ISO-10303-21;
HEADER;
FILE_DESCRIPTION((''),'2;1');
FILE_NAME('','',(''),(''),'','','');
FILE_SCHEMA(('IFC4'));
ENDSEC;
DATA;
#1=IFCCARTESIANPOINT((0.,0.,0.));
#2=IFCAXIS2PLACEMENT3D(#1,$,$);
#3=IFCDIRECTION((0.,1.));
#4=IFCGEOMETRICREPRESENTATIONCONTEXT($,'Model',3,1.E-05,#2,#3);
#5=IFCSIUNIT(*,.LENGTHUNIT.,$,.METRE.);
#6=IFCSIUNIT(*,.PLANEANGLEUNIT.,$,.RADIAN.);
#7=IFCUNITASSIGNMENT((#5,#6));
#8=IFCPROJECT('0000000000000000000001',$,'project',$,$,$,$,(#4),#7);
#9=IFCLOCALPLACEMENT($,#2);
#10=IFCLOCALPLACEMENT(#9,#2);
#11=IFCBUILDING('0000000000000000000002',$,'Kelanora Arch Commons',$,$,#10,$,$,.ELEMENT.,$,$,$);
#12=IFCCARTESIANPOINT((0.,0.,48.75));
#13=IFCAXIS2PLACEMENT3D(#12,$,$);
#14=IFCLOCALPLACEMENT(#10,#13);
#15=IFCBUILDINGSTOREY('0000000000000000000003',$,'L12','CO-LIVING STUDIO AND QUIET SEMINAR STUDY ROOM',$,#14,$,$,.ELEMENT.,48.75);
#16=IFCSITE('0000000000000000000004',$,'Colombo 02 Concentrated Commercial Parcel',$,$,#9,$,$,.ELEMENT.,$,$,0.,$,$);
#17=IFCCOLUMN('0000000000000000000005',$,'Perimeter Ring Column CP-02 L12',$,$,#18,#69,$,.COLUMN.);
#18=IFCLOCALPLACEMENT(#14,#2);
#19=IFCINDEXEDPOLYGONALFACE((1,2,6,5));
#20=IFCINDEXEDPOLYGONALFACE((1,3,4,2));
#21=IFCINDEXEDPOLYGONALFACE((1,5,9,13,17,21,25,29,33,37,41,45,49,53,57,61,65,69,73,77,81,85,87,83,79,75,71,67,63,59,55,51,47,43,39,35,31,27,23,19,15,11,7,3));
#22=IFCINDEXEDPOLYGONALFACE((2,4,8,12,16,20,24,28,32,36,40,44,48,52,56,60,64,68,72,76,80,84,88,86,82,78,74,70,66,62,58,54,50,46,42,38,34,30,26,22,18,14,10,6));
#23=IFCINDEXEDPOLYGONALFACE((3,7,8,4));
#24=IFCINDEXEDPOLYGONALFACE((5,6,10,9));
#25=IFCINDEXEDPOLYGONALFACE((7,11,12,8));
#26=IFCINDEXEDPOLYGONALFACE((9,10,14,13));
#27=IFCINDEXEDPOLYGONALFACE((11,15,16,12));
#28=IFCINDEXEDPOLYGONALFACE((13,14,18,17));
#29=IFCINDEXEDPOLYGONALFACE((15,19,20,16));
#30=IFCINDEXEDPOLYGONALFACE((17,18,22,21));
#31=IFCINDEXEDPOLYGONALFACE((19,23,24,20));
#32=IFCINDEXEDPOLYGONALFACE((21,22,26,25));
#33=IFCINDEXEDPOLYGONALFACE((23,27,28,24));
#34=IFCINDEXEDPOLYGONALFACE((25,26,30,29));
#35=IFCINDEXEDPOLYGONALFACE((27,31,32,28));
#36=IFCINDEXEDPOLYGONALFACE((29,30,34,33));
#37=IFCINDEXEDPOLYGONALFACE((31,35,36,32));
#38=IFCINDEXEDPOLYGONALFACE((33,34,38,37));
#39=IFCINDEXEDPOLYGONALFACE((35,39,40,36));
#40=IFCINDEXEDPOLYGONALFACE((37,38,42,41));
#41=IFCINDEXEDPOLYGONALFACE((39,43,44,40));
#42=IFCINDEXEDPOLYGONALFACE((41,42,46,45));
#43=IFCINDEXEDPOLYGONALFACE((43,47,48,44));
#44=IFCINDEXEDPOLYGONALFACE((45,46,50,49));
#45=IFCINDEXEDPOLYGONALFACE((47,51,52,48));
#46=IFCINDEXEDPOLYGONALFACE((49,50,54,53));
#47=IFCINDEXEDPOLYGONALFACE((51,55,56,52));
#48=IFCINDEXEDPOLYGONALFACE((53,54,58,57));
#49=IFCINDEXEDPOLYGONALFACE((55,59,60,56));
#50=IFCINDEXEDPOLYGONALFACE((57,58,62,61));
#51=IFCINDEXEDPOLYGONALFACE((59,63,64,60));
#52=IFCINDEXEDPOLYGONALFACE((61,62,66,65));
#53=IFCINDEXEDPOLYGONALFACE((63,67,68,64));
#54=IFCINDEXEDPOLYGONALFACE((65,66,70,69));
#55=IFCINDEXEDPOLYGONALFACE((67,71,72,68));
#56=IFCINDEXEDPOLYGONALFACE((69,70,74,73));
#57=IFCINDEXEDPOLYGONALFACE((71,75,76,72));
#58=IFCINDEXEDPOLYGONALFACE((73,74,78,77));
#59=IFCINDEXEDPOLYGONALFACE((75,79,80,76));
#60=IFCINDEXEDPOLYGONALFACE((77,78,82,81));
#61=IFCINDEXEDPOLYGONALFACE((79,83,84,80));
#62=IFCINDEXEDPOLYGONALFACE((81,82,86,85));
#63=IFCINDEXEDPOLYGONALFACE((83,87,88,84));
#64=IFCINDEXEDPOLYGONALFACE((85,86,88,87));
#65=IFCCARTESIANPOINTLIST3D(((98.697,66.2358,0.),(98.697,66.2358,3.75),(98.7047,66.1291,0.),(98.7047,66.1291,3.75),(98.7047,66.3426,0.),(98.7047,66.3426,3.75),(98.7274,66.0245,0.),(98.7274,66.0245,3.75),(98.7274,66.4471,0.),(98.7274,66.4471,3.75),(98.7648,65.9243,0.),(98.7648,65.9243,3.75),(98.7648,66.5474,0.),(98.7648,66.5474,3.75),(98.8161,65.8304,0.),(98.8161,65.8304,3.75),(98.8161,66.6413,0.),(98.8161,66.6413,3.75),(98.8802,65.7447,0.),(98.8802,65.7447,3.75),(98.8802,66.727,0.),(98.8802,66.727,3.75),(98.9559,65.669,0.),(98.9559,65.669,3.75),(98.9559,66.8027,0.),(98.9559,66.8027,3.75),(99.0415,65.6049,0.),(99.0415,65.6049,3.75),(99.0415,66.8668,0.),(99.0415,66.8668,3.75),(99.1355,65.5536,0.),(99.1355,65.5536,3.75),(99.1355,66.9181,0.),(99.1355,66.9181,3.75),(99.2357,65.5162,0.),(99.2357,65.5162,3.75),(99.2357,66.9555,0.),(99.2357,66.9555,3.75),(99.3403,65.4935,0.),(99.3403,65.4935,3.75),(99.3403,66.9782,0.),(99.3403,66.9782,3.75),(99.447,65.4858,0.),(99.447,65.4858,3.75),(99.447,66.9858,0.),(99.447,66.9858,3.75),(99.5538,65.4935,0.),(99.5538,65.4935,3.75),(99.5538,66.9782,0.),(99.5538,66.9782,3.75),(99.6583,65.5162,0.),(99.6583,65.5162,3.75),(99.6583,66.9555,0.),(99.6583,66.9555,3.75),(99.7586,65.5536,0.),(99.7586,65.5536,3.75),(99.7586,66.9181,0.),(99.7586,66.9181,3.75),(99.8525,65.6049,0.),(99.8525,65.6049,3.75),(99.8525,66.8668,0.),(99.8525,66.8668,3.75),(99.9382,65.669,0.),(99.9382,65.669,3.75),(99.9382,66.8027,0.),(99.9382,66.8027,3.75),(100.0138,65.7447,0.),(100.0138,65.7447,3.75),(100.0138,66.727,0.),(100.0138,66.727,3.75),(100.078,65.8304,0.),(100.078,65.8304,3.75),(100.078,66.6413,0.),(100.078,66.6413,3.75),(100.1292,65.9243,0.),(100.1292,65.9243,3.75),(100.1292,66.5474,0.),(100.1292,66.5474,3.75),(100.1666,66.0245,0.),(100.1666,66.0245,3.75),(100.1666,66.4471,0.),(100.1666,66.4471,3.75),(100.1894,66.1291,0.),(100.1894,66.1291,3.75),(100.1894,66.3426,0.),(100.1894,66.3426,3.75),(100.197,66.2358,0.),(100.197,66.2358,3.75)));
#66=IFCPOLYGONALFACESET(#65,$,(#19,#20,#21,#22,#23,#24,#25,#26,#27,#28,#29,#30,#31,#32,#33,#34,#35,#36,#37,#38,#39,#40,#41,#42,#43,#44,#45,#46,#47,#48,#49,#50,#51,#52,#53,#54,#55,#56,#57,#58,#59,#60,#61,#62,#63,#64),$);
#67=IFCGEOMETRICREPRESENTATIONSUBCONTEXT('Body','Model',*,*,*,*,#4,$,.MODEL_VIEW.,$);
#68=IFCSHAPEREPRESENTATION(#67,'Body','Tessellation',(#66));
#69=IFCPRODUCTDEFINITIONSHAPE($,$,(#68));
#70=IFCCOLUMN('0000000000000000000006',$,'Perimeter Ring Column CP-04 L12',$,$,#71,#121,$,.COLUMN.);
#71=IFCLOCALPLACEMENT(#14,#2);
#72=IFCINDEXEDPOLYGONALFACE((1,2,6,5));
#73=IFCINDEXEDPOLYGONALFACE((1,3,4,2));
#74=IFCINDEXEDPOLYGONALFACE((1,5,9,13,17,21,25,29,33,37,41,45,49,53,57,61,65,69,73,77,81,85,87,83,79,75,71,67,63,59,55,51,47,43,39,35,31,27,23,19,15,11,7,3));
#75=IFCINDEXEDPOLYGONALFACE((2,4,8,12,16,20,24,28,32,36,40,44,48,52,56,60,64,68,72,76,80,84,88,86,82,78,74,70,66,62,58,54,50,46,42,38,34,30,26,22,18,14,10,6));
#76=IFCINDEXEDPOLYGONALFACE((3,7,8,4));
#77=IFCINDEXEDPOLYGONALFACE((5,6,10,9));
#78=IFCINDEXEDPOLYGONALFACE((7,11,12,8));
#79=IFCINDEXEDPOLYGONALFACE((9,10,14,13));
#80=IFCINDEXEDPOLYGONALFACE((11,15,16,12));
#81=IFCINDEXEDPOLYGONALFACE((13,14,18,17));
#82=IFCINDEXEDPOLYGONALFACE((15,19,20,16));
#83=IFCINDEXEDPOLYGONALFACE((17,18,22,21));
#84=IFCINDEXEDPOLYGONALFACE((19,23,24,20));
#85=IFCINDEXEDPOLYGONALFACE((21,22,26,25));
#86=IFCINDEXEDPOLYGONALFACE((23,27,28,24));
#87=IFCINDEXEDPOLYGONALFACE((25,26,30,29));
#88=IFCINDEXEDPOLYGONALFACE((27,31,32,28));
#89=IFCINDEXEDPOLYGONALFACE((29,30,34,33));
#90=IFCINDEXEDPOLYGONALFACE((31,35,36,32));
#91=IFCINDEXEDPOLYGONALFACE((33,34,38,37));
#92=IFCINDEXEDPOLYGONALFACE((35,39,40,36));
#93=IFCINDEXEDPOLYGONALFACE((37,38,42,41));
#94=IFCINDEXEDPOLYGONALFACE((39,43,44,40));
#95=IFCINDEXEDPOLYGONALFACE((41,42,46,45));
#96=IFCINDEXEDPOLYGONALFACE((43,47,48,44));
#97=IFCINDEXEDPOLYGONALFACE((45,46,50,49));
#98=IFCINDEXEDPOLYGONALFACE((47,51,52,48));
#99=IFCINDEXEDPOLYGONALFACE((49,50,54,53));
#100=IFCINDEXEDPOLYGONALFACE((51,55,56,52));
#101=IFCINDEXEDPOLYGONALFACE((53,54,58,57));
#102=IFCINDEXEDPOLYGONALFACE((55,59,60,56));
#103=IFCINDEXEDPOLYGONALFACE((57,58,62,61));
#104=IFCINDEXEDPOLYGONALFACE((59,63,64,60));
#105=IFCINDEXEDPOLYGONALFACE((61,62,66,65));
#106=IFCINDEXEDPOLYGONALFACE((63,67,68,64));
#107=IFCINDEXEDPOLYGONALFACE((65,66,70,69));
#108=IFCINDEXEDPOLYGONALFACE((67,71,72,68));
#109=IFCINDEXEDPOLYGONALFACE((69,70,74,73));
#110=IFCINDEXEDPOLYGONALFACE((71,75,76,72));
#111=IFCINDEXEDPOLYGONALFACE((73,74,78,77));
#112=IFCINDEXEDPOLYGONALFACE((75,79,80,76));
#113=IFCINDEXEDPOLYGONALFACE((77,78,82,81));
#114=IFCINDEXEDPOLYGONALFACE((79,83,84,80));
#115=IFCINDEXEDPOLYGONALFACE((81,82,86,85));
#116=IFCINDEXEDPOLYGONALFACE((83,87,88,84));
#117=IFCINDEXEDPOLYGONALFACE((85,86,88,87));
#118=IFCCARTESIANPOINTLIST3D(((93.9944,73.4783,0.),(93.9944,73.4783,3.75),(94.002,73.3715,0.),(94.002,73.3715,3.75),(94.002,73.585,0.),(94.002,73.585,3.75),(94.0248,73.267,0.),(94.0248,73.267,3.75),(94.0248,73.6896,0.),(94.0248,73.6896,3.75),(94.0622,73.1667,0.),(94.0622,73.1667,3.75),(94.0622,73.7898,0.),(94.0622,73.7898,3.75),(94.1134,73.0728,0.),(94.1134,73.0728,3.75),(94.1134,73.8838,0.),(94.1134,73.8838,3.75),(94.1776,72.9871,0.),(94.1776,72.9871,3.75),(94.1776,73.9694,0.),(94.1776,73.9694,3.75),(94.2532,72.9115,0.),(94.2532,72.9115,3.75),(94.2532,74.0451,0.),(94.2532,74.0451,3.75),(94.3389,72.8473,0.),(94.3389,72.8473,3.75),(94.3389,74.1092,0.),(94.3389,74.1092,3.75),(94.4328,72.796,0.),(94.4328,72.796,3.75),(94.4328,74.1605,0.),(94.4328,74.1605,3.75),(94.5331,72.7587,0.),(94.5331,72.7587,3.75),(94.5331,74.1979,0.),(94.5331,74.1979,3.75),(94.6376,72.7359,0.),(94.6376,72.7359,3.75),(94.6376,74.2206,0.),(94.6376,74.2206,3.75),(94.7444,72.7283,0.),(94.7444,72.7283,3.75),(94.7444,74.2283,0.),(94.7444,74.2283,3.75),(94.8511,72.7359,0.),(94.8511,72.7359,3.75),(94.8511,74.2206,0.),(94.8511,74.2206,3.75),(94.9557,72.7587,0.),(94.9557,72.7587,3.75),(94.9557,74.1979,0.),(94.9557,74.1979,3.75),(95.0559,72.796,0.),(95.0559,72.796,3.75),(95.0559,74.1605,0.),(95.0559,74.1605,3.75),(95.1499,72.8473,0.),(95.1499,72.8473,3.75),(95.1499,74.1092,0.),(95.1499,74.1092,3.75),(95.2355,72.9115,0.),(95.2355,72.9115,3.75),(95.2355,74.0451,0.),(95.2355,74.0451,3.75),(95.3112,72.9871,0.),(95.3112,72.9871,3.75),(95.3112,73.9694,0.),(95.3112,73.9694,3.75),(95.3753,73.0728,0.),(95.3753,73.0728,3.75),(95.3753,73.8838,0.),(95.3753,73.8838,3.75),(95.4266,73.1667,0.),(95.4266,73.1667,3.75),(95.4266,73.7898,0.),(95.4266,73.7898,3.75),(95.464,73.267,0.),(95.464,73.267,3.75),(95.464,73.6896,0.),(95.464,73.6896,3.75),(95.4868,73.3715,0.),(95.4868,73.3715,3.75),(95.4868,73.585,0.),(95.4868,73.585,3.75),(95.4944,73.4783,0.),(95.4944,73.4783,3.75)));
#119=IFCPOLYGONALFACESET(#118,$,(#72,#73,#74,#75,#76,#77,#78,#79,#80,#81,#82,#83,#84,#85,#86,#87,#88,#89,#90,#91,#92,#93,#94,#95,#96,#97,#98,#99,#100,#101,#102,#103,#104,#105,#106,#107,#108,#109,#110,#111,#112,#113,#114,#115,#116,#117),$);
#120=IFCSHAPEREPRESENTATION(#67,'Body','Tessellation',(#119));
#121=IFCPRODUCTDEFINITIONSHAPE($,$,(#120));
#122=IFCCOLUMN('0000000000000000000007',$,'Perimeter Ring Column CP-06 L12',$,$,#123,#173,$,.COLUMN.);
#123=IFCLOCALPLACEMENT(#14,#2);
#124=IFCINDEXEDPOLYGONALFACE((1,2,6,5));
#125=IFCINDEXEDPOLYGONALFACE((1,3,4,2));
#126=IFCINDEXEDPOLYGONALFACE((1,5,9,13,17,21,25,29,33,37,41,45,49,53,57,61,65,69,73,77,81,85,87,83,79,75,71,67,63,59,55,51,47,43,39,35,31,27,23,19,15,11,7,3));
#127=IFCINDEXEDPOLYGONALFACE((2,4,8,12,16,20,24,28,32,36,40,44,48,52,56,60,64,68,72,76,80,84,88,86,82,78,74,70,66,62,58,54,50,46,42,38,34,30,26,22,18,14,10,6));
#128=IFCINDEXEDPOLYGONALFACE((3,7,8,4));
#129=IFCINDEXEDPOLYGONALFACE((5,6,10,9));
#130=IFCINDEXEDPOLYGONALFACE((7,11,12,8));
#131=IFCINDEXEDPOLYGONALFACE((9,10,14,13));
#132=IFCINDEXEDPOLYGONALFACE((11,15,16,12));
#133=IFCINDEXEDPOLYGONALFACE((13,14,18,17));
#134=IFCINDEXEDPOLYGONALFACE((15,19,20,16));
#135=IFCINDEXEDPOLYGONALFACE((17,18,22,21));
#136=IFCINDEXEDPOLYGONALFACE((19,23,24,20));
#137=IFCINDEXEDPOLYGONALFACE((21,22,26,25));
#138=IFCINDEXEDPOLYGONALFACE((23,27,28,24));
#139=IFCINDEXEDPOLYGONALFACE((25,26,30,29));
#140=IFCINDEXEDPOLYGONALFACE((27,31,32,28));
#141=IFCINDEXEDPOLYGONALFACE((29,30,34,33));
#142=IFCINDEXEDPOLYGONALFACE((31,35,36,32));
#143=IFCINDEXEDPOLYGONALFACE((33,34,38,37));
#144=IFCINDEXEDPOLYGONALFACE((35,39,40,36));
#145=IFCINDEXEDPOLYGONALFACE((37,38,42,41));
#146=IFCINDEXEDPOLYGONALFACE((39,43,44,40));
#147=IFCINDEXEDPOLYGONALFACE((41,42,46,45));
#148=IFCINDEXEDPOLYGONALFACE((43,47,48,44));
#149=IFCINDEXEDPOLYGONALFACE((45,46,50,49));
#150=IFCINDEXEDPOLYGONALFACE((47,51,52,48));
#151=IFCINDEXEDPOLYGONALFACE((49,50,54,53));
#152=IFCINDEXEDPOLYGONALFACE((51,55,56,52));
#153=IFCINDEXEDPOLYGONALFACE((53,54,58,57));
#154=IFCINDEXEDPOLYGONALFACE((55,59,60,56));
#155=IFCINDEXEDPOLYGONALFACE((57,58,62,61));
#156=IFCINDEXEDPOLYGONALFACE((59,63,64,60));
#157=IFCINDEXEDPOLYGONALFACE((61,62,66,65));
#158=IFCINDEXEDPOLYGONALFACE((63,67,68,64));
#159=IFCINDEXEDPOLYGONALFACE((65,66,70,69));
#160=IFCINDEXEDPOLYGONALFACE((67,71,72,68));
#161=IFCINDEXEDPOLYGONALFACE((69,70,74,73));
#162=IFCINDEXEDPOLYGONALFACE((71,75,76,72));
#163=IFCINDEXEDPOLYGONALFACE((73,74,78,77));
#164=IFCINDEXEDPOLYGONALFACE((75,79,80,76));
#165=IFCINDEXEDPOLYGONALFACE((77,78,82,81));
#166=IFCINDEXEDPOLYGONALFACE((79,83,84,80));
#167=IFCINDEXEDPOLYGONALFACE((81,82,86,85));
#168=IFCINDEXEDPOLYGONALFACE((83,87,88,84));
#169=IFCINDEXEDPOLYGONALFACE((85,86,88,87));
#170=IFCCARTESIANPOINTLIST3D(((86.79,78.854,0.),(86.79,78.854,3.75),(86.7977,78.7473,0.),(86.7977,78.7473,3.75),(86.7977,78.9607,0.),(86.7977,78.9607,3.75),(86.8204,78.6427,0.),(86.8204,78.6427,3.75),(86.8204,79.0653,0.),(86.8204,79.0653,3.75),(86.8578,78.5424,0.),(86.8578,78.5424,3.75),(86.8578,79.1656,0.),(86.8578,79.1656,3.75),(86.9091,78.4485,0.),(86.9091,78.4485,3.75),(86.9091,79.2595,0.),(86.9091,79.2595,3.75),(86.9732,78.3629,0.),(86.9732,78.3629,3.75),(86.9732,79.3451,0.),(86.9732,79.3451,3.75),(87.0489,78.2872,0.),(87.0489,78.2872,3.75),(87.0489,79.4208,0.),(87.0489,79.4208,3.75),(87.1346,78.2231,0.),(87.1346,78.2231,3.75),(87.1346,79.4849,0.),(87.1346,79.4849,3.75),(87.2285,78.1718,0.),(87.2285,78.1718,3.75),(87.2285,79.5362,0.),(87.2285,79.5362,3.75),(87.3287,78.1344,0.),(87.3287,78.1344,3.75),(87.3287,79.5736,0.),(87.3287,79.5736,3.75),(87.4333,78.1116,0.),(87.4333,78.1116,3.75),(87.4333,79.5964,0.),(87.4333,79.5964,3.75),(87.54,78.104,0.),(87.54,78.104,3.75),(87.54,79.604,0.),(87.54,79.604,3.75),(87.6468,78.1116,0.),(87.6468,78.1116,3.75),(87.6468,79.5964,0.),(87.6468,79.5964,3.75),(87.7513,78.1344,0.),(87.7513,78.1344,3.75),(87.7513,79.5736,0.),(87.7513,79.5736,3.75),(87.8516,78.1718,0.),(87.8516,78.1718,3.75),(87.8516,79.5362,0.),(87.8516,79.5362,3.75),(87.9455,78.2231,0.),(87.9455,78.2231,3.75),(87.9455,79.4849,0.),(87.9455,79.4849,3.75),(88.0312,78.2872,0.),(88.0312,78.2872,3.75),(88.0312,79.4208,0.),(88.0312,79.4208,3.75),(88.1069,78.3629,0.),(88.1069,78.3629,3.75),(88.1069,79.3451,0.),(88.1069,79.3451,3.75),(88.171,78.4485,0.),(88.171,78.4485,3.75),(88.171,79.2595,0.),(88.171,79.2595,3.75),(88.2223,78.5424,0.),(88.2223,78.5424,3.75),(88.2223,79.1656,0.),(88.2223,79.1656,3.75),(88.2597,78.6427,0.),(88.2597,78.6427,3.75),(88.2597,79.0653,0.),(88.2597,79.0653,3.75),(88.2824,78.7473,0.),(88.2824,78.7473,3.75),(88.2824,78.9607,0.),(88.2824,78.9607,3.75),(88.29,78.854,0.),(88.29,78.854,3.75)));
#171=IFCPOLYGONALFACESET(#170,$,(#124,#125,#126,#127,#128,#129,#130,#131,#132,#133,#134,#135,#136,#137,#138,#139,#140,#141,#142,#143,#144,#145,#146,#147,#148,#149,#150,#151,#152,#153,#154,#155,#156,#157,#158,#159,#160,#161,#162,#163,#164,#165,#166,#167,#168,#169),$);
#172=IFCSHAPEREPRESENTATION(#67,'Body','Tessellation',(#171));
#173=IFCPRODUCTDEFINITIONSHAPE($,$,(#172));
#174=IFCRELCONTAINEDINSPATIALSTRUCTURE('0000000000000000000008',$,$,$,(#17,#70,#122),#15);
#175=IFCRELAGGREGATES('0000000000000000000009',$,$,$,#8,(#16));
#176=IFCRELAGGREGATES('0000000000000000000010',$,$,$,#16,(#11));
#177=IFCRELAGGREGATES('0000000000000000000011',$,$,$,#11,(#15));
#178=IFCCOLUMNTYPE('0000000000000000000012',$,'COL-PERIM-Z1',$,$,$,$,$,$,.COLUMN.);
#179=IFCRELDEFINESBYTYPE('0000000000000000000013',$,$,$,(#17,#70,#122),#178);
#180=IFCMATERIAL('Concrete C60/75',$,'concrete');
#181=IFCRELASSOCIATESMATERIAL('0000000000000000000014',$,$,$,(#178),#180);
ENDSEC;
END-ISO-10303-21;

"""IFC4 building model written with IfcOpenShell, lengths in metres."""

from ifc_helpers import new_model, si_unit, direction, frame, origin, origin_2d, place, context, subcontext, project, spatial, circle, extrude, material, material_profile, profile_set, type_object, element, save


model = new_model("IFC4")

# Units and contexts
model_context = context("Model", 3, precision=1e-05, world=origin(), true_north=direction((0.0, 1.0)))
body_context = subcontext(model_context, "Body", "Model", "MODEL_VIEW")
ifc_project = project(units=[si_unit("LENGTHUNIT", "METRE"), si_unit("PLANEANGLEUNIT", "RADIAN")], contexts=[model_context])

# Site, building, storey
site_placement = place(None, origin())
site = spatial("IfcSite", under=ifc_project, at=site_placement, Name="Colombo 02 Concentrated Commercial Parcel", CompositionType="ELEMENT", RefElevation=0.0)
building_placement = place(site_placement, origin())
building = spatial("IfcBuilding", under=site, at=building_placement, Name="Kelanora Arch Commons", CompositionType="ELEMENT")
storey_placement = place(building_placement, frame((0.0, 0.0, 48.75)))
storey = spatial("IfcBuildingStorey", under=building, at=storey_placement, Name="L12", Description="CO-LIVING STUDIO AND QUIET SEMINAR STUDY ROOM", CompositionType="ELEMENT", Elevation=48.75)

# Columns
ifc_material_1 = material(Name="Concrete C60/75", Category="concrete")
ifc_material_profile_1 = material_profile(ifc_material_1, circle(Radius=0.75, at=origin_2d()), Name="RCC1500")
ifc_profile_set_1 = profile_set([ifc_material_profile_1], Name="Concrete C60/75")
column_type = type_object("IfcColumnType", Name="COL-PERIM-Z1", PredefinedType="COLUMN", material=ifc_profile_set_1)
for number, where, z_axis, x_axis, name in (
    (1, (99.447, 66.2358, 0.0), (0.0, 0.0, 1.0), (1.0, 0.0, 0.0), "Perimeter Ring Column CP-02 L12"),
    (2, (94.7444, 73.4783, 0.0), (0.0, 0.0, 1.0), (1.0, 0.0, 0.0), "Perimeter Ring Column CP-04 L12"),
    (3, (87.54, 78.854, 0.0), (0.0, 0.0, 1.0), (1.0, 0.0, 0.0), "Perimeter Ring Column CP-06 L12"),
):
    element("IfcColumn", number, at=place(storey_placement, frame(where, z_axis=z_axis, x_axis=x_axis)), inside=storey, type_object=column_type, Name=name, PredefinedType="COLUMN", context=body_context, shape_type="SweptSolid", body=[
        extrude(circle(Radius=0.75, at=origin_2d()), origin(), (0.0, 0.0, 1.0), 3.75),
    ])

save(model, "model.ifc")
